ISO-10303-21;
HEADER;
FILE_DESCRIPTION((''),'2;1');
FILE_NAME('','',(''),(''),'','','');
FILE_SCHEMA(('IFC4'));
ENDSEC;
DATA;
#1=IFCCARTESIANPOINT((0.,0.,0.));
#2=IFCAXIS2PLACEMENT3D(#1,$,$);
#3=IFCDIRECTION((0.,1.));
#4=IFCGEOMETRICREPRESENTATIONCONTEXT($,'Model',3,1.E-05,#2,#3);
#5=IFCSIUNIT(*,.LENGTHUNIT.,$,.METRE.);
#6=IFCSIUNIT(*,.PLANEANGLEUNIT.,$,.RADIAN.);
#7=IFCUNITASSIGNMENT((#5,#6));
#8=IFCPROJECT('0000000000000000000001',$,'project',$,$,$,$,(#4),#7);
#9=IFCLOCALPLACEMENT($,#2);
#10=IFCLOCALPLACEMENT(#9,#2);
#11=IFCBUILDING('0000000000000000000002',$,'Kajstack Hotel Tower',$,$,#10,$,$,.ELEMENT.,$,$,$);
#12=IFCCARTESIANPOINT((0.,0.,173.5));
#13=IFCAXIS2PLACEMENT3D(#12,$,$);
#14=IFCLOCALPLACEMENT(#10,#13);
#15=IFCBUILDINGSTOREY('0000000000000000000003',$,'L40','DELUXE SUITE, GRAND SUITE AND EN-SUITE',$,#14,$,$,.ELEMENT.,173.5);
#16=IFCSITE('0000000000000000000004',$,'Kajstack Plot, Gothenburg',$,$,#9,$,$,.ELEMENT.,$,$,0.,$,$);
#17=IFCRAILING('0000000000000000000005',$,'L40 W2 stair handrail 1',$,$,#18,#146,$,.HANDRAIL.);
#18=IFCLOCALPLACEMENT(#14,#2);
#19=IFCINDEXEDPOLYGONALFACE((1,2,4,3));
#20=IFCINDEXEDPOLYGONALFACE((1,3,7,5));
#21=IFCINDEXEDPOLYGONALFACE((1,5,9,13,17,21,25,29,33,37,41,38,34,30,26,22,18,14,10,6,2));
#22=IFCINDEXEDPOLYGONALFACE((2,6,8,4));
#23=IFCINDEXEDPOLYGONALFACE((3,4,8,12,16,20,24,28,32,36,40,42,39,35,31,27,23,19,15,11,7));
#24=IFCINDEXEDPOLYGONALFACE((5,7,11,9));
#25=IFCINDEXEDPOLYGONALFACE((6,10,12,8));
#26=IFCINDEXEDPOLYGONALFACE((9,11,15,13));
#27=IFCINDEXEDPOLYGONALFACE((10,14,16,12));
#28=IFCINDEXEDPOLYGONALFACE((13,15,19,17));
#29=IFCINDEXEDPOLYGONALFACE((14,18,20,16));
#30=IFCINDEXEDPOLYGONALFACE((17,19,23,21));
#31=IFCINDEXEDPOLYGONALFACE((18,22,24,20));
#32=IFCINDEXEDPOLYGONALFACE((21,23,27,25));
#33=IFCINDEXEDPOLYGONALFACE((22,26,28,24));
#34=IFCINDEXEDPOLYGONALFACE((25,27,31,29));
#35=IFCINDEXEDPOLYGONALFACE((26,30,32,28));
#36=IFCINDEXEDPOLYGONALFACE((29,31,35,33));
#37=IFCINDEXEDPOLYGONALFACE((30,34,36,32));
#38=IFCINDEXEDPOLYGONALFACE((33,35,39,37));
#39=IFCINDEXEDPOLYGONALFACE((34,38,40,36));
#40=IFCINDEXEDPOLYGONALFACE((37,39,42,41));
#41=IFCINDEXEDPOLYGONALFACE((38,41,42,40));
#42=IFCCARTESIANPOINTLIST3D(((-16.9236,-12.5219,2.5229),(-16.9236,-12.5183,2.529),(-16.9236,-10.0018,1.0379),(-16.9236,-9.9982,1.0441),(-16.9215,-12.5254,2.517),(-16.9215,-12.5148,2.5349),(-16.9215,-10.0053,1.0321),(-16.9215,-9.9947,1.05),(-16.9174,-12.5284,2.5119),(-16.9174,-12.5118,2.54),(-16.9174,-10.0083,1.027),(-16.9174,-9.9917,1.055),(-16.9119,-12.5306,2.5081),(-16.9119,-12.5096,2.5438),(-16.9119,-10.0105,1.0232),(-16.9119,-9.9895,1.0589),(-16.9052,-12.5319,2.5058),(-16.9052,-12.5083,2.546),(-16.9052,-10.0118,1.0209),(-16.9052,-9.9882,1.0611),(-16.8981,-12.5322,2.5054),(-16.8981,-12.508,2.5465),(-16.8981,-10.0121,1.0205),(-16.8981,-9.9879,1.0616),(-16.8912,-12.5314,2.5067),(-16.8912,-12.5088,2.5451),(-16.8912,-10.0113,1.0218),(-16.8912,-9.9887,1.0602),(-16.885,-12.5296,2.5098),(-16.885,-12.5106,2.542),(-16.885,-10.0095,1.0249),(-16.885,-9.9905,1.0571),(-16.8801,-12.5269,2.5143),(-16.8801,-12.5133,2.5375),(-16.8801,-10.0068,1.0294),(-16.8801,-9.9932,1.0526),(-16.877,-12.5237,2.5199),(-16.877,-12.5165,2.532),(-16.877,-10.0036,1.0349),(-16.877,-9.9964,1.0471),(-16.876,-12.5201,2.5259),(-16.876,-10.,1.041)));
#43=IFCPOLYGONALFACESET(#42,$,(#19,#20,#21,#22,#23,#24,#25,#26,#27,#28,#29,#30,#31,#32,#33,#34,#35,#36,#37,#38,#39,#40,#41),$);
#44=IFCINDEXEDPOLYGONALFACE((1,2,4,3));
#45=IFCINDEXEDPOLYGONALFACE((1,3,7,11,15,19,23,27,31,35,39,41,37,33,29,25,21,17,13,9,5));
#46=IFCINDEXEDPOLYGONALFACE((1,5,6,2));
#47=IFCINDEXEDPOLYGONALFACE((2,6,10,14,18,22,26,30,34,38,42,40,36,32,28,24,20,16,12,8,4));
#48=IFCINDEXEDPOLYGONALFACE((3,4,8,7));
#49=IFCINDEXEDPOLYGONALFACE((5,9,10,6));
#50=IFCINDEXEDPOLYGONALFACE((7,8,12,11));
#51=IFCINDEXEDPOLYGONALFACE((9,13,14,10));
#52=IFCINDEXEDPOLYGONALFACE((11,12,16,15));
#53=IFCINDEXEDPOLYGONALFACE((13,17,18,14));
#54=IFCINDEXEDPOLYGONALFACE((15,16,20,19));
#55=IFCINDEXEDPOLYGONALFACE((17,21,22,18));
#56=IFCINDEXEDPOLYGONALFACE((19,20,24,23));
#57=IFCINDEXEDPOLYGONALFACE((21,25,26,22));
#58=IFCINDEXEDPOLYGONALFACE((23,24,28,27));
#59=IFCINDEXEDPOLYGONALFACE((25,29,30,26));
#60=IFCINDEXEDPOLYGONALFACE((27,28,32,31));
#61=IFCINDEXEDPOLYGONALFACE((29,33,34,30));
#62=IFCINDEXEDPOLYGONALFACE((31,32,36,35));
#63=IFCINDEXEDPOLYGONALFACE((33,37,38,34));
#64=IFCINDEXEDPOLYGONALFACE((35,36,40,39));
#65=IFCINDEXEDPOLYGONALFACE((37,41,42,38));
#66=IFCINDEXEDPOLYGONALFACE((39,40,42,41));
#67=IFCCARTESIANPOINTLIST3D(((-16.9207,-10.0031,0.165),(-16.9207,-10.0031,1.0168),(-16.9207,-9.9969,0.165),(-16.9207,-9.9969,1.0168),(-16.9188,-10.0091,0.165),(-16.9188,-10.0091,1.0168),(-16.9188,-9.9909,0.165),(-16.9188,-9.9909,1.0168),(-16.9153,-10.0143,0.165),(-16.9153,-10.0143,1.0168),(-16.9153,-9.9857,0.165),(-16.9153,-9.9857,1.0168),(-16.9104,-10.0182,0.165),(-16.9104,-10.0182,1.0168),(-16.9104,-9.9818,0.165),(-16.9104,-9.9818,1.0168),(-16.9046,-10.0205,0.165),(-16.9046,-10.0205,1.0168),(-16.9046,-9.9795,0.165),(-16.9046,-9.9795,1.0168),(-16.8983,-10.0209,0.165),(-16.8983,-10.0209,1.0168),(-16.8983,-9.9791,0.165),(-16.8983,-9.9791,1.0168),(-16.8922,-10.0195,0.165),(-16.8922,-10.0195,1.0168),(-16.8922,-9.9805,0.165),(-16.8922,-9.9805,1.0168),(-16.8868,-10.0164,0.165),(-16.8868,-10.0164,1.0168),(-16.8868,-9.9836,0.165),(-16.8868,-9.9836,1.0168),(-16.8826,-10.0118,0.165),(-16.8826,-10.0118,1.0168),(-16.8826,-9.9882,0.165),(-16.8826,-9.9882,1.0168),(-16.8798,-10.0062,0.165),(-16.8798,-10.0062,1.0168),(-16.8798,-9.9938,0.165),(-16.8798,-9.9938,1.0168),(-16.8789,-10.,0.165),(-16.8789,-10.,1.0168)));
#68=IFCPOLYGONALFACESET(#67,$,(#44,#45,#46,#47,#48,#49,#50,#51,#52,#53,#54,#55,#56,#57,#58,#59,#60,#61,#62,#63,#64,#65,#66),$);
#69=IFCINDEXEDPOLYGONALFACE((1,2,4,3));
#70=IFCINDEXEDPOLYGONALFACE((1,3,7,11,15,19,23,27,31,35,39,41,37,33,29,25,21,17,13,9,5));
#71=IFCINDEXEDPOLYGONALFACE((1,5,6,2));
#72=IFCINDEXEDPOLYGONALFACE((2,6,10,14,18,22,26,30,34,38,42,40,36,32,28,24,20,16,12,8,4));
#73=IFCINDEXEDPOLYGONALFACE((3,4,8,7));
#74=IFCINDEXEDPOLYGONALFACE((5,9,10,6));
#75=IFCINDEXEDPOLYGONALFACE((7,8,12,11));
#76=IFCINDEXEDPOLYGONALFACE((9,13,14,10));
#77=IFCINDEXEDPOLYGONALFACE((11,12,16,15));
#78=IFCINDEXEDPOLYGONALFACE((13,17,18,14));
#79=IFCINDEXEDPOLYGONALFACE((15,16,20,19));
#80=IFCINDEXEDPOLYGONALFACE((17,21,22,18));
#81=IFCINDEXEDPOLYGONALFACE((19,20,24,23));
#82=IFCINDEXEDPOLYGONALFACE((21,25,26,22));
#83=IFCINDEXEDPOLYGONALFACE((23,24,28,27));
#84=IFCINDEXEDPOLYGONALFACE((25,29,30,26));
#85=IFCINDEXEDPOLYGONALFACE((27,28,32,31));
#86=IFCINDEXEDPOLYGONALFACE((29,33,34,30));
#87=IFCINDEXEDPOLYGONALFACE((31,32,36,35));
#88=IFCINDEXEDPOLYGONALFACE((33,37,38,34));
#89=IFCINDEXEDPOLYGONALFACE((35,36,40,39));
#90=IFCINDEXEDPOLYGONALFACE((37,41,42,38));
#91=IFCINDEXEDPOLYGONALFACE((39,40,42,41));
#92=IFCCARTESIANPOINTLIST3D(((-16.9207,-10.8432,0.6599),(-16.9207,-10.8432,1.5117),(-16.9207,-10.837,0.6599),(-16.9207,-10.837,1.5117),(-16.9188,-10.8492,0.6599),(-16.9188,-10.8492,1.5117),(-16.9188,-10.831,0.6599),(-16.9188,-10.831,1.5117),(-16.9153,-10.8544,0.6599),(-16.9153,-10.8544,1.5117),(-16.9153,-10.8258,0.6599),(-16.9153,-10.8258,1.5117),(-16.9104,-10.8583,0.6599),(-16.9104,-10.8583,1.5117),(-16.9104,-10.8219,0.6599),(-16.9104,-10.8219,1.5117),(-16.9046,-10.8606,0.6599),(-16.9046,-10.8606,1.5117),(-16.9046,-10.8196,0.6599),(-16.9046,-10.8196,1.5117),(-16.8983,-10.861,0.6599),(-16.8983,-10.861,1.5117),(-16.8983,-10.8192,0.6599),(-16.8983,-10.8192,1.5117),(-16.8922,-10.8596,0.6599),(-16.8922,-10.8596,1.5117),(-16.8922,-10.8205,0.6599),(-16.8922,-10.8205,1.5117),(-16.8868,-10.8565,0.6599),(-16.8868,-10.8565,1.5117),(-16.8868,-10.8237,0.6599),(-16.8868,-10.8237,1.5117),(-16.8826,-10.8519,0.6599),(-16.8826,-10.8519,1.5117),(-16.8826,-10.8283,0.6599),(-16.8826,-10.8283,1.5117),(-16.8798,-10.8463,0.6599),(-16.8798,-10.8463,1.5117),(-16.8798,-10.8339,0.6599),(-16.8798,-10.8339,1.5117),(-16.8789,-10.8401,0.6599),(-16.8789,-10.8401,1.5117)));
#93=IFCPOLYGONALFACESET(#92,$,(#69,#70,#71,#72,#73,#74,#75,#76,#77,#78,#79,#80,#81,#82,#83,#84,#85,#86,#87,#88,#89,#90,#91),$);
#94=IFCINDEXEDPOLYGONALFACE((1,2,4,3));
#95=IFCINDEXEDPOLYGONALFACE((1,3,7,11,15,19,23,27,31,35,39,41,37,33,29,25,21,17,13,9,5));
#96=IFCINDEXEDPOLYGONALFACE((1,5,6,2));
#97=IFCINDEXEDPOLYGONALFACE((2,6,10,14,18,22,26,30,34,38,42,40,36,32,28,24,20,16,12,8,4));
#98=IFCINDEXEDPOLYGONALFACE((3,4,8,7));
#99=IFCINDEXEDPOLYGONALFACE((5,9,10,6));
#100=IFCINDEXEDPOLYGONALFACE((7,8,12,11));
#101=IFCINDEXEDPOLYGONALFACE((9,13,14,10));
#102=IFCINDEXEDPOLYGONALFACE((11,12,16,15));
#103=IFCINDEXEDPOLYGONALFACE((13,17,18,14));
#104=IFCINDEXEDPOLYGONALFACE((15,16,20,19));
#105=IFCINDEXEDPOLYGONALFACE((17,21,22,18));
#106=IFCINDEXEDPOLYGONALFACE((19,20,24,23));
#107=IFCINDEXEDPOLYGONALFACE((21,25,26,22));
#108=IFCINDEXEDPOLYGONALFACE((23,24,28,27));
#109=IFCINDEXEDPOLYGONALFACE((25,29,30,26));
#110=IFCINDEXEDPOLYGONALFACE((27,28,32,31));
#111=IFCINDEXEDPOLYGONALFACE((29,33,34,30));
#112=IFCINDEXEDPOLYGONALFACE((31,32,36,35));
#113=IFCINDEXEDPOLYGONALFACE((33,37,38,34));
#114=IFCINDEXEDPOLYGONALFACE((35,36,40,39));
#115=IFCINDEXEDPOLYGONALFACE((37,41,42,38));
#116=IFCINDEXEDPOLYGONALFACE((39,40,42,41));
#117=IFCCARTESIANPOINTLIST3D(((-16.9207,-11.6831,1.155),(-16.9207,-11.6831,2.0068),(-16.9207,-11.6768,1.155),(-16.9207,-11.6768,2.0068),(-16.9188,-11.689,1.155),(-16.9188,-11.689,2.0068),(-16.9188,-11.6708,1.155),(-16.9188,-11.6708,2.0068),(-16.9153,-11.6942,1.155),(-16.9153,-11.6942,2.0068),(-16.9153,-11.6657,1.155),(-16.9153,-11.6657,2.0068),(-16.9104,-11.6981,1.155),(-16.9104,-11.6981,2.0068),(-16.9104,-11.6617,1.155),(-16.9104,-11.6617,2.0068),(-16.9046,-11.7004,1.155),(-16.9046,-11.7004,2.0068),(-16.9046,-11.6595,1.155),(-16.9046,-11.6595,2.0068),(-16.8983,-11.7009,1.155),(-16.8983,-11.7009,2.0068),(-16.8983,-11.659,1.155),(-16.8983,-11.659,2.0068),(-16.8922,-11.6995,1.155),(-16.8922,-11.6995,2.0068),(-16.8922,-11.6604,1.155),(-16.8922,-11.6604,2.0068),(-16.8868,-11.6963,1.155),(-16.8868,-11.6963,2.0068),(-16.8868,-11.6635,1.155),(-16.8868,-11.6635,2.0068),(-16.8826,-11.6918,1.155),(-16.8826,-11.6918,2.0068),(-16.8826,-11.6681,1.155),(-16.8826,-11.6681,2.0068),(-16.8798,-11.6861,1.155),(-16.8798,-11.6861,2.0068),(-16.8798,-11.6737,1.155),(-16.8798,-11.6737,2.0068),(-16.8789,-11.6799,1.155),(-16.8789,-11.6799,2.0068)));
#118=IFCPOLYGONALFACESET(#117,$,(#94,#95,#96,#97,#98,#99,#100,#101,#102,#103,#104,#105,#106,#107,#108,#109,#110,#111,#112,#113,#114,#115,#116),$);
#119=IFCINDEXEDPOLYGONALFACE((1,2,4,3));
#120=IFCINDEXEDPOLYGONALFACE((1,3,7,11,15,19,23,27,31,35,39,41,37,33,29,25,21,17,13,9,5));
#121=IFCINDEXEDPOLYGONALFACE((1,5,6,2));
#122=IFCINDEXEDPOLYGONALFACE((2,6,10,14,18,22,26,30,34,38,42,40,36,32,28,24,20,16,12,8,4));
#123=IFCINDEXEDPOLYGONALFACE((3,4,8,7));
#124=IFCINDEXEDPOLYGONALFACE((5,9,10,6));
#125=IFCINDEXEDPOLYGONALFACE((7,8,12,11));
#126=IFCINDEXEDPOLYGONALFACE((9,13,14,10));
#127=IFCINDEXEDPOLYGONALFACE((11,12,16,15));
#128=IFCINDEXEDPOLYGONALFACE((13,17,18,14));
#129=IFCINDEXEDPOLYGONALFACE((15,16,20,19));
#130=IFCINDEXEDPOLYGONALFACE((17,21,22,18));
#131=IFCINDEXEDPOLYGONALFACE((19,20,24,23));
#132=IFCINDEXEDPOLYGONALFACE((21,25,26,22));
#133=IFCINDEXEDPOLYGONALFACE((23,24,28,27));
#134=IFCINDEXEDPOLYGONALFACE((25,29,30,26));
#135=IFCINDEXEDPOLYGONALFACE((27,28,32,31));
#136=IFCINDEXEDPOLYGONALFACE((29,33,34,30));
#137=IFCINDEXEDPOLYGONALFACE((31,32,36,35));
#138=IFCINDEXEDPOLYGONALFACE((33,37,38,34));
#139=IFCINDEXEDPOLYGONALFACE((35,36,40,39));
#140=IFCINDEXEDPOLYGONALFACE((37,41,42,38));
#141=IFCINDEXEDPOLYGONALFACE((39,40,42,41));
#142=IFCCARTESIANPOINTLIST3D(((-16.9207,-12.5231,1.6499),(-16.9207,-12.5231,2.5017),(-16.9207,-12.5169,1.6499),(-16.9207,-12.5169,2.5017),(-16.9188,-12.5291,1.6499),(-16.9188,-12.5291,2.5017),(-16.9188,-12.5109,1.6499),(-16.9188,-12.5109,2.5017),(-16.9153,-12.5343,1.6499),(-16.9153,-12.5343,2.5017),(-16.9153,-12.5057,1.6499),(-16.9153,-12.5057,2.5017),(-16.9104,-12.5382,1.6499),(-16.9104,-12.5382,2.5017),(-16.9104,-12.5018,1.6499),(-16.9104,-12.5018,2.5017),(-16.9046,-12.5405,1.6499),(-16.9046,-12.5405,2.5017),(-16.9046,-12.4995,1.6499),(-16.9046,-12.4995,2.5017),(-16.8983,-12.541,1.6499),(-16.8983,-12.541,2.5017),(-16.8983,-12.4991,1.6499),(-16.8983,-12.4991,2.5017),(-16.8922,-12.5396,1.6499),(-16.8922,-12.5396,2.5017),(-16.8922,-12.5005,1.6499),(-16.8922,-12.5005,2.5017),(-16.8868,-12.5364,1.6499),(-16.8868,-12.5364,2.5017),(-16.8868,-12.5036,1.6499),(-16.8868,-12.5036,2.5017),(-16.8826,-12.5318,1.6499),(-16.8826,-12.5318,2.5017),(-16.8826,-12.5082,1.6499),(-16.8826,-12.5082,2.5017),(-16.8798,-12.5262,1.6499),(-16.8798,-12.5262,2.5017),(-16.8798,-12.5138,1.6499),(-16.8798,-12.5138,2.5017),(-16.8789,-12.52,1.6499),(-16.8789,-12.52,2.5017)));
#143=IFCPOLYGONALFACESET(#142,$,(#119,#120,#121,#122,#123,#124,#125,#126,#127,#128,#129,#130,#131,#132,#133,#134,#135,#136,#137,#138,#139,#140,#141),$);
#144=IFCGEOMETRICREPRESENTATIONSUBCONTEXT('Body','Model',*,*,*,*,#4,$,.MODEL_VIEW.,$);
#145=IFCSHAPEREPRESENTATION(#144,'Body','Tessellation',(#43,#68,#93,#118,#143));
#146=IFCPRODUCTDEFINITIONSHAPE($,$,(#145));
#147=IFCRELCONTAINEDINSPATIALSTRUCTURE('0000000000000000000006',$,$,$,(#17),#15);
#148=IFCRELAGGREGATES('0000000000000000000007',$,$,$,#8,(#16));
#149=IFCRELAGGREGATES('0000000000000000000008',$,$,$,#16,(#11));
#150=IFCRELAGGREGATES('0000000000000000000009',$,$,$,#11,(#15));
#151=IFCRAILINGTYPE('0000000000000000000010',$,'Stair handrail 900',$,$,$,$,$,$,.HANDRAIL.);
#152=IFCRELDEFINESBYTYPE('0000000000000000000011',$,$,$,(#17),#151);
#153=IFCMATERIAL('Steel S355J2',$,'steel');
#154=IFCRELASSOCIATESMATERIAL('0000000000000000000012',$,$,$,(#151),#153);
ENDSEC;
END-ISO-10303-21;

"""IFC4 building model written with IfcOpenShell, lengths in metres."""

from ifc_helpers import new_model, si_unit, direction, frame, origin, origin_2d, place, context, subcontext, project, spatial, circle, extrude, material, type_object, element, save


model = new_model("IFC4")

# Units and contexts
model_context = context("Model", 3, precision=1e-05, world=origin(), true_north=direction((0.0, 1.0)))
body_context = subcontext(model_context, "Body", "Model", "MODEL_VIEW")
ifc_project = project(units=[si_unit("LENGTHUNIT", "METRE"), si_unit("PLANEANGLEUNIT", "RADIAN")], contexts=[model_context])

# Site, building, storey
site_placement = place(None, origin())
site = spatial("IfcSite", under=ifc_project, at=site_placement, Name="Kajstack Plot, Gothenburg", CompositionType="ELEMENT", RefElevation=0.0)
building_placement = place(site_placement, origin())
building = spatial("IfcBuilding", under=site, at=building_placement, Name="Kajstack Hotel Tower", CompositionType="ELEMENT")
storey_placement = place(building_placement, frame((0.0, 0.0, 173.5)))
storey = spatial("IfcBuildingStorey", under=building, at=storey_placement, Name="L40", Description="DELUXE SUITE, GRAND SUITE AND EN-SUITE", CompositionType="ELEMENT", Elevation=173.5)

# Railing
ifc_material_1 = material(Name="Steel S355J2", Category="steel")
railing_type_1 = type_object("IfcRailingType", Name="Stair handrail 900", PredefinedType="HANDRAIL", material=ifc_material_1)
railing_1_placement = place(storey_placement, frame((-16.8999, -10.0, 0.165)))
element("IfcRailing", 1, at=railing_1_placement, inside=storey, type_object=railing_type_1, Name="L40 W2 stair handrail 1", PredefinedType="HANDRAIL", context=body_context, shape_type="SweptSolid", body=[
    extrude(circle(Radius=0.0239, at=origin_2d()), frame((0.0, 0.0, 0.876), z_axis=(0.0, -0.861561, 0.507655), x_axis=(1.0, 0.0, 0.0)), (0.0, 0.0, 1.0), 2.925),
    extrude(circle(Radius=0.021, at=origin_2d()), origin(), (0.0, 0.0, 1.0), 0.8518),
    extrude(circle(Radius=0.021, at=origin_2d()), frame((0.0, -0.8401, 0.4949)), (0.0, 0.0, 1.0), 0.8518),
    extrude(circle(Radius=0.021, at=origin_2d()), frame((0.0, -1.6799, 0.99)), (0.0, 0.0, 1.0), 0.8518),
    extrude(circle(Radius=0.021, at=origin_2d()), frame((0.0, -2.52, 1.4849)), (0.0, 0.0, 1.0), 0.8518),
])

save(model, "model.ifc")
